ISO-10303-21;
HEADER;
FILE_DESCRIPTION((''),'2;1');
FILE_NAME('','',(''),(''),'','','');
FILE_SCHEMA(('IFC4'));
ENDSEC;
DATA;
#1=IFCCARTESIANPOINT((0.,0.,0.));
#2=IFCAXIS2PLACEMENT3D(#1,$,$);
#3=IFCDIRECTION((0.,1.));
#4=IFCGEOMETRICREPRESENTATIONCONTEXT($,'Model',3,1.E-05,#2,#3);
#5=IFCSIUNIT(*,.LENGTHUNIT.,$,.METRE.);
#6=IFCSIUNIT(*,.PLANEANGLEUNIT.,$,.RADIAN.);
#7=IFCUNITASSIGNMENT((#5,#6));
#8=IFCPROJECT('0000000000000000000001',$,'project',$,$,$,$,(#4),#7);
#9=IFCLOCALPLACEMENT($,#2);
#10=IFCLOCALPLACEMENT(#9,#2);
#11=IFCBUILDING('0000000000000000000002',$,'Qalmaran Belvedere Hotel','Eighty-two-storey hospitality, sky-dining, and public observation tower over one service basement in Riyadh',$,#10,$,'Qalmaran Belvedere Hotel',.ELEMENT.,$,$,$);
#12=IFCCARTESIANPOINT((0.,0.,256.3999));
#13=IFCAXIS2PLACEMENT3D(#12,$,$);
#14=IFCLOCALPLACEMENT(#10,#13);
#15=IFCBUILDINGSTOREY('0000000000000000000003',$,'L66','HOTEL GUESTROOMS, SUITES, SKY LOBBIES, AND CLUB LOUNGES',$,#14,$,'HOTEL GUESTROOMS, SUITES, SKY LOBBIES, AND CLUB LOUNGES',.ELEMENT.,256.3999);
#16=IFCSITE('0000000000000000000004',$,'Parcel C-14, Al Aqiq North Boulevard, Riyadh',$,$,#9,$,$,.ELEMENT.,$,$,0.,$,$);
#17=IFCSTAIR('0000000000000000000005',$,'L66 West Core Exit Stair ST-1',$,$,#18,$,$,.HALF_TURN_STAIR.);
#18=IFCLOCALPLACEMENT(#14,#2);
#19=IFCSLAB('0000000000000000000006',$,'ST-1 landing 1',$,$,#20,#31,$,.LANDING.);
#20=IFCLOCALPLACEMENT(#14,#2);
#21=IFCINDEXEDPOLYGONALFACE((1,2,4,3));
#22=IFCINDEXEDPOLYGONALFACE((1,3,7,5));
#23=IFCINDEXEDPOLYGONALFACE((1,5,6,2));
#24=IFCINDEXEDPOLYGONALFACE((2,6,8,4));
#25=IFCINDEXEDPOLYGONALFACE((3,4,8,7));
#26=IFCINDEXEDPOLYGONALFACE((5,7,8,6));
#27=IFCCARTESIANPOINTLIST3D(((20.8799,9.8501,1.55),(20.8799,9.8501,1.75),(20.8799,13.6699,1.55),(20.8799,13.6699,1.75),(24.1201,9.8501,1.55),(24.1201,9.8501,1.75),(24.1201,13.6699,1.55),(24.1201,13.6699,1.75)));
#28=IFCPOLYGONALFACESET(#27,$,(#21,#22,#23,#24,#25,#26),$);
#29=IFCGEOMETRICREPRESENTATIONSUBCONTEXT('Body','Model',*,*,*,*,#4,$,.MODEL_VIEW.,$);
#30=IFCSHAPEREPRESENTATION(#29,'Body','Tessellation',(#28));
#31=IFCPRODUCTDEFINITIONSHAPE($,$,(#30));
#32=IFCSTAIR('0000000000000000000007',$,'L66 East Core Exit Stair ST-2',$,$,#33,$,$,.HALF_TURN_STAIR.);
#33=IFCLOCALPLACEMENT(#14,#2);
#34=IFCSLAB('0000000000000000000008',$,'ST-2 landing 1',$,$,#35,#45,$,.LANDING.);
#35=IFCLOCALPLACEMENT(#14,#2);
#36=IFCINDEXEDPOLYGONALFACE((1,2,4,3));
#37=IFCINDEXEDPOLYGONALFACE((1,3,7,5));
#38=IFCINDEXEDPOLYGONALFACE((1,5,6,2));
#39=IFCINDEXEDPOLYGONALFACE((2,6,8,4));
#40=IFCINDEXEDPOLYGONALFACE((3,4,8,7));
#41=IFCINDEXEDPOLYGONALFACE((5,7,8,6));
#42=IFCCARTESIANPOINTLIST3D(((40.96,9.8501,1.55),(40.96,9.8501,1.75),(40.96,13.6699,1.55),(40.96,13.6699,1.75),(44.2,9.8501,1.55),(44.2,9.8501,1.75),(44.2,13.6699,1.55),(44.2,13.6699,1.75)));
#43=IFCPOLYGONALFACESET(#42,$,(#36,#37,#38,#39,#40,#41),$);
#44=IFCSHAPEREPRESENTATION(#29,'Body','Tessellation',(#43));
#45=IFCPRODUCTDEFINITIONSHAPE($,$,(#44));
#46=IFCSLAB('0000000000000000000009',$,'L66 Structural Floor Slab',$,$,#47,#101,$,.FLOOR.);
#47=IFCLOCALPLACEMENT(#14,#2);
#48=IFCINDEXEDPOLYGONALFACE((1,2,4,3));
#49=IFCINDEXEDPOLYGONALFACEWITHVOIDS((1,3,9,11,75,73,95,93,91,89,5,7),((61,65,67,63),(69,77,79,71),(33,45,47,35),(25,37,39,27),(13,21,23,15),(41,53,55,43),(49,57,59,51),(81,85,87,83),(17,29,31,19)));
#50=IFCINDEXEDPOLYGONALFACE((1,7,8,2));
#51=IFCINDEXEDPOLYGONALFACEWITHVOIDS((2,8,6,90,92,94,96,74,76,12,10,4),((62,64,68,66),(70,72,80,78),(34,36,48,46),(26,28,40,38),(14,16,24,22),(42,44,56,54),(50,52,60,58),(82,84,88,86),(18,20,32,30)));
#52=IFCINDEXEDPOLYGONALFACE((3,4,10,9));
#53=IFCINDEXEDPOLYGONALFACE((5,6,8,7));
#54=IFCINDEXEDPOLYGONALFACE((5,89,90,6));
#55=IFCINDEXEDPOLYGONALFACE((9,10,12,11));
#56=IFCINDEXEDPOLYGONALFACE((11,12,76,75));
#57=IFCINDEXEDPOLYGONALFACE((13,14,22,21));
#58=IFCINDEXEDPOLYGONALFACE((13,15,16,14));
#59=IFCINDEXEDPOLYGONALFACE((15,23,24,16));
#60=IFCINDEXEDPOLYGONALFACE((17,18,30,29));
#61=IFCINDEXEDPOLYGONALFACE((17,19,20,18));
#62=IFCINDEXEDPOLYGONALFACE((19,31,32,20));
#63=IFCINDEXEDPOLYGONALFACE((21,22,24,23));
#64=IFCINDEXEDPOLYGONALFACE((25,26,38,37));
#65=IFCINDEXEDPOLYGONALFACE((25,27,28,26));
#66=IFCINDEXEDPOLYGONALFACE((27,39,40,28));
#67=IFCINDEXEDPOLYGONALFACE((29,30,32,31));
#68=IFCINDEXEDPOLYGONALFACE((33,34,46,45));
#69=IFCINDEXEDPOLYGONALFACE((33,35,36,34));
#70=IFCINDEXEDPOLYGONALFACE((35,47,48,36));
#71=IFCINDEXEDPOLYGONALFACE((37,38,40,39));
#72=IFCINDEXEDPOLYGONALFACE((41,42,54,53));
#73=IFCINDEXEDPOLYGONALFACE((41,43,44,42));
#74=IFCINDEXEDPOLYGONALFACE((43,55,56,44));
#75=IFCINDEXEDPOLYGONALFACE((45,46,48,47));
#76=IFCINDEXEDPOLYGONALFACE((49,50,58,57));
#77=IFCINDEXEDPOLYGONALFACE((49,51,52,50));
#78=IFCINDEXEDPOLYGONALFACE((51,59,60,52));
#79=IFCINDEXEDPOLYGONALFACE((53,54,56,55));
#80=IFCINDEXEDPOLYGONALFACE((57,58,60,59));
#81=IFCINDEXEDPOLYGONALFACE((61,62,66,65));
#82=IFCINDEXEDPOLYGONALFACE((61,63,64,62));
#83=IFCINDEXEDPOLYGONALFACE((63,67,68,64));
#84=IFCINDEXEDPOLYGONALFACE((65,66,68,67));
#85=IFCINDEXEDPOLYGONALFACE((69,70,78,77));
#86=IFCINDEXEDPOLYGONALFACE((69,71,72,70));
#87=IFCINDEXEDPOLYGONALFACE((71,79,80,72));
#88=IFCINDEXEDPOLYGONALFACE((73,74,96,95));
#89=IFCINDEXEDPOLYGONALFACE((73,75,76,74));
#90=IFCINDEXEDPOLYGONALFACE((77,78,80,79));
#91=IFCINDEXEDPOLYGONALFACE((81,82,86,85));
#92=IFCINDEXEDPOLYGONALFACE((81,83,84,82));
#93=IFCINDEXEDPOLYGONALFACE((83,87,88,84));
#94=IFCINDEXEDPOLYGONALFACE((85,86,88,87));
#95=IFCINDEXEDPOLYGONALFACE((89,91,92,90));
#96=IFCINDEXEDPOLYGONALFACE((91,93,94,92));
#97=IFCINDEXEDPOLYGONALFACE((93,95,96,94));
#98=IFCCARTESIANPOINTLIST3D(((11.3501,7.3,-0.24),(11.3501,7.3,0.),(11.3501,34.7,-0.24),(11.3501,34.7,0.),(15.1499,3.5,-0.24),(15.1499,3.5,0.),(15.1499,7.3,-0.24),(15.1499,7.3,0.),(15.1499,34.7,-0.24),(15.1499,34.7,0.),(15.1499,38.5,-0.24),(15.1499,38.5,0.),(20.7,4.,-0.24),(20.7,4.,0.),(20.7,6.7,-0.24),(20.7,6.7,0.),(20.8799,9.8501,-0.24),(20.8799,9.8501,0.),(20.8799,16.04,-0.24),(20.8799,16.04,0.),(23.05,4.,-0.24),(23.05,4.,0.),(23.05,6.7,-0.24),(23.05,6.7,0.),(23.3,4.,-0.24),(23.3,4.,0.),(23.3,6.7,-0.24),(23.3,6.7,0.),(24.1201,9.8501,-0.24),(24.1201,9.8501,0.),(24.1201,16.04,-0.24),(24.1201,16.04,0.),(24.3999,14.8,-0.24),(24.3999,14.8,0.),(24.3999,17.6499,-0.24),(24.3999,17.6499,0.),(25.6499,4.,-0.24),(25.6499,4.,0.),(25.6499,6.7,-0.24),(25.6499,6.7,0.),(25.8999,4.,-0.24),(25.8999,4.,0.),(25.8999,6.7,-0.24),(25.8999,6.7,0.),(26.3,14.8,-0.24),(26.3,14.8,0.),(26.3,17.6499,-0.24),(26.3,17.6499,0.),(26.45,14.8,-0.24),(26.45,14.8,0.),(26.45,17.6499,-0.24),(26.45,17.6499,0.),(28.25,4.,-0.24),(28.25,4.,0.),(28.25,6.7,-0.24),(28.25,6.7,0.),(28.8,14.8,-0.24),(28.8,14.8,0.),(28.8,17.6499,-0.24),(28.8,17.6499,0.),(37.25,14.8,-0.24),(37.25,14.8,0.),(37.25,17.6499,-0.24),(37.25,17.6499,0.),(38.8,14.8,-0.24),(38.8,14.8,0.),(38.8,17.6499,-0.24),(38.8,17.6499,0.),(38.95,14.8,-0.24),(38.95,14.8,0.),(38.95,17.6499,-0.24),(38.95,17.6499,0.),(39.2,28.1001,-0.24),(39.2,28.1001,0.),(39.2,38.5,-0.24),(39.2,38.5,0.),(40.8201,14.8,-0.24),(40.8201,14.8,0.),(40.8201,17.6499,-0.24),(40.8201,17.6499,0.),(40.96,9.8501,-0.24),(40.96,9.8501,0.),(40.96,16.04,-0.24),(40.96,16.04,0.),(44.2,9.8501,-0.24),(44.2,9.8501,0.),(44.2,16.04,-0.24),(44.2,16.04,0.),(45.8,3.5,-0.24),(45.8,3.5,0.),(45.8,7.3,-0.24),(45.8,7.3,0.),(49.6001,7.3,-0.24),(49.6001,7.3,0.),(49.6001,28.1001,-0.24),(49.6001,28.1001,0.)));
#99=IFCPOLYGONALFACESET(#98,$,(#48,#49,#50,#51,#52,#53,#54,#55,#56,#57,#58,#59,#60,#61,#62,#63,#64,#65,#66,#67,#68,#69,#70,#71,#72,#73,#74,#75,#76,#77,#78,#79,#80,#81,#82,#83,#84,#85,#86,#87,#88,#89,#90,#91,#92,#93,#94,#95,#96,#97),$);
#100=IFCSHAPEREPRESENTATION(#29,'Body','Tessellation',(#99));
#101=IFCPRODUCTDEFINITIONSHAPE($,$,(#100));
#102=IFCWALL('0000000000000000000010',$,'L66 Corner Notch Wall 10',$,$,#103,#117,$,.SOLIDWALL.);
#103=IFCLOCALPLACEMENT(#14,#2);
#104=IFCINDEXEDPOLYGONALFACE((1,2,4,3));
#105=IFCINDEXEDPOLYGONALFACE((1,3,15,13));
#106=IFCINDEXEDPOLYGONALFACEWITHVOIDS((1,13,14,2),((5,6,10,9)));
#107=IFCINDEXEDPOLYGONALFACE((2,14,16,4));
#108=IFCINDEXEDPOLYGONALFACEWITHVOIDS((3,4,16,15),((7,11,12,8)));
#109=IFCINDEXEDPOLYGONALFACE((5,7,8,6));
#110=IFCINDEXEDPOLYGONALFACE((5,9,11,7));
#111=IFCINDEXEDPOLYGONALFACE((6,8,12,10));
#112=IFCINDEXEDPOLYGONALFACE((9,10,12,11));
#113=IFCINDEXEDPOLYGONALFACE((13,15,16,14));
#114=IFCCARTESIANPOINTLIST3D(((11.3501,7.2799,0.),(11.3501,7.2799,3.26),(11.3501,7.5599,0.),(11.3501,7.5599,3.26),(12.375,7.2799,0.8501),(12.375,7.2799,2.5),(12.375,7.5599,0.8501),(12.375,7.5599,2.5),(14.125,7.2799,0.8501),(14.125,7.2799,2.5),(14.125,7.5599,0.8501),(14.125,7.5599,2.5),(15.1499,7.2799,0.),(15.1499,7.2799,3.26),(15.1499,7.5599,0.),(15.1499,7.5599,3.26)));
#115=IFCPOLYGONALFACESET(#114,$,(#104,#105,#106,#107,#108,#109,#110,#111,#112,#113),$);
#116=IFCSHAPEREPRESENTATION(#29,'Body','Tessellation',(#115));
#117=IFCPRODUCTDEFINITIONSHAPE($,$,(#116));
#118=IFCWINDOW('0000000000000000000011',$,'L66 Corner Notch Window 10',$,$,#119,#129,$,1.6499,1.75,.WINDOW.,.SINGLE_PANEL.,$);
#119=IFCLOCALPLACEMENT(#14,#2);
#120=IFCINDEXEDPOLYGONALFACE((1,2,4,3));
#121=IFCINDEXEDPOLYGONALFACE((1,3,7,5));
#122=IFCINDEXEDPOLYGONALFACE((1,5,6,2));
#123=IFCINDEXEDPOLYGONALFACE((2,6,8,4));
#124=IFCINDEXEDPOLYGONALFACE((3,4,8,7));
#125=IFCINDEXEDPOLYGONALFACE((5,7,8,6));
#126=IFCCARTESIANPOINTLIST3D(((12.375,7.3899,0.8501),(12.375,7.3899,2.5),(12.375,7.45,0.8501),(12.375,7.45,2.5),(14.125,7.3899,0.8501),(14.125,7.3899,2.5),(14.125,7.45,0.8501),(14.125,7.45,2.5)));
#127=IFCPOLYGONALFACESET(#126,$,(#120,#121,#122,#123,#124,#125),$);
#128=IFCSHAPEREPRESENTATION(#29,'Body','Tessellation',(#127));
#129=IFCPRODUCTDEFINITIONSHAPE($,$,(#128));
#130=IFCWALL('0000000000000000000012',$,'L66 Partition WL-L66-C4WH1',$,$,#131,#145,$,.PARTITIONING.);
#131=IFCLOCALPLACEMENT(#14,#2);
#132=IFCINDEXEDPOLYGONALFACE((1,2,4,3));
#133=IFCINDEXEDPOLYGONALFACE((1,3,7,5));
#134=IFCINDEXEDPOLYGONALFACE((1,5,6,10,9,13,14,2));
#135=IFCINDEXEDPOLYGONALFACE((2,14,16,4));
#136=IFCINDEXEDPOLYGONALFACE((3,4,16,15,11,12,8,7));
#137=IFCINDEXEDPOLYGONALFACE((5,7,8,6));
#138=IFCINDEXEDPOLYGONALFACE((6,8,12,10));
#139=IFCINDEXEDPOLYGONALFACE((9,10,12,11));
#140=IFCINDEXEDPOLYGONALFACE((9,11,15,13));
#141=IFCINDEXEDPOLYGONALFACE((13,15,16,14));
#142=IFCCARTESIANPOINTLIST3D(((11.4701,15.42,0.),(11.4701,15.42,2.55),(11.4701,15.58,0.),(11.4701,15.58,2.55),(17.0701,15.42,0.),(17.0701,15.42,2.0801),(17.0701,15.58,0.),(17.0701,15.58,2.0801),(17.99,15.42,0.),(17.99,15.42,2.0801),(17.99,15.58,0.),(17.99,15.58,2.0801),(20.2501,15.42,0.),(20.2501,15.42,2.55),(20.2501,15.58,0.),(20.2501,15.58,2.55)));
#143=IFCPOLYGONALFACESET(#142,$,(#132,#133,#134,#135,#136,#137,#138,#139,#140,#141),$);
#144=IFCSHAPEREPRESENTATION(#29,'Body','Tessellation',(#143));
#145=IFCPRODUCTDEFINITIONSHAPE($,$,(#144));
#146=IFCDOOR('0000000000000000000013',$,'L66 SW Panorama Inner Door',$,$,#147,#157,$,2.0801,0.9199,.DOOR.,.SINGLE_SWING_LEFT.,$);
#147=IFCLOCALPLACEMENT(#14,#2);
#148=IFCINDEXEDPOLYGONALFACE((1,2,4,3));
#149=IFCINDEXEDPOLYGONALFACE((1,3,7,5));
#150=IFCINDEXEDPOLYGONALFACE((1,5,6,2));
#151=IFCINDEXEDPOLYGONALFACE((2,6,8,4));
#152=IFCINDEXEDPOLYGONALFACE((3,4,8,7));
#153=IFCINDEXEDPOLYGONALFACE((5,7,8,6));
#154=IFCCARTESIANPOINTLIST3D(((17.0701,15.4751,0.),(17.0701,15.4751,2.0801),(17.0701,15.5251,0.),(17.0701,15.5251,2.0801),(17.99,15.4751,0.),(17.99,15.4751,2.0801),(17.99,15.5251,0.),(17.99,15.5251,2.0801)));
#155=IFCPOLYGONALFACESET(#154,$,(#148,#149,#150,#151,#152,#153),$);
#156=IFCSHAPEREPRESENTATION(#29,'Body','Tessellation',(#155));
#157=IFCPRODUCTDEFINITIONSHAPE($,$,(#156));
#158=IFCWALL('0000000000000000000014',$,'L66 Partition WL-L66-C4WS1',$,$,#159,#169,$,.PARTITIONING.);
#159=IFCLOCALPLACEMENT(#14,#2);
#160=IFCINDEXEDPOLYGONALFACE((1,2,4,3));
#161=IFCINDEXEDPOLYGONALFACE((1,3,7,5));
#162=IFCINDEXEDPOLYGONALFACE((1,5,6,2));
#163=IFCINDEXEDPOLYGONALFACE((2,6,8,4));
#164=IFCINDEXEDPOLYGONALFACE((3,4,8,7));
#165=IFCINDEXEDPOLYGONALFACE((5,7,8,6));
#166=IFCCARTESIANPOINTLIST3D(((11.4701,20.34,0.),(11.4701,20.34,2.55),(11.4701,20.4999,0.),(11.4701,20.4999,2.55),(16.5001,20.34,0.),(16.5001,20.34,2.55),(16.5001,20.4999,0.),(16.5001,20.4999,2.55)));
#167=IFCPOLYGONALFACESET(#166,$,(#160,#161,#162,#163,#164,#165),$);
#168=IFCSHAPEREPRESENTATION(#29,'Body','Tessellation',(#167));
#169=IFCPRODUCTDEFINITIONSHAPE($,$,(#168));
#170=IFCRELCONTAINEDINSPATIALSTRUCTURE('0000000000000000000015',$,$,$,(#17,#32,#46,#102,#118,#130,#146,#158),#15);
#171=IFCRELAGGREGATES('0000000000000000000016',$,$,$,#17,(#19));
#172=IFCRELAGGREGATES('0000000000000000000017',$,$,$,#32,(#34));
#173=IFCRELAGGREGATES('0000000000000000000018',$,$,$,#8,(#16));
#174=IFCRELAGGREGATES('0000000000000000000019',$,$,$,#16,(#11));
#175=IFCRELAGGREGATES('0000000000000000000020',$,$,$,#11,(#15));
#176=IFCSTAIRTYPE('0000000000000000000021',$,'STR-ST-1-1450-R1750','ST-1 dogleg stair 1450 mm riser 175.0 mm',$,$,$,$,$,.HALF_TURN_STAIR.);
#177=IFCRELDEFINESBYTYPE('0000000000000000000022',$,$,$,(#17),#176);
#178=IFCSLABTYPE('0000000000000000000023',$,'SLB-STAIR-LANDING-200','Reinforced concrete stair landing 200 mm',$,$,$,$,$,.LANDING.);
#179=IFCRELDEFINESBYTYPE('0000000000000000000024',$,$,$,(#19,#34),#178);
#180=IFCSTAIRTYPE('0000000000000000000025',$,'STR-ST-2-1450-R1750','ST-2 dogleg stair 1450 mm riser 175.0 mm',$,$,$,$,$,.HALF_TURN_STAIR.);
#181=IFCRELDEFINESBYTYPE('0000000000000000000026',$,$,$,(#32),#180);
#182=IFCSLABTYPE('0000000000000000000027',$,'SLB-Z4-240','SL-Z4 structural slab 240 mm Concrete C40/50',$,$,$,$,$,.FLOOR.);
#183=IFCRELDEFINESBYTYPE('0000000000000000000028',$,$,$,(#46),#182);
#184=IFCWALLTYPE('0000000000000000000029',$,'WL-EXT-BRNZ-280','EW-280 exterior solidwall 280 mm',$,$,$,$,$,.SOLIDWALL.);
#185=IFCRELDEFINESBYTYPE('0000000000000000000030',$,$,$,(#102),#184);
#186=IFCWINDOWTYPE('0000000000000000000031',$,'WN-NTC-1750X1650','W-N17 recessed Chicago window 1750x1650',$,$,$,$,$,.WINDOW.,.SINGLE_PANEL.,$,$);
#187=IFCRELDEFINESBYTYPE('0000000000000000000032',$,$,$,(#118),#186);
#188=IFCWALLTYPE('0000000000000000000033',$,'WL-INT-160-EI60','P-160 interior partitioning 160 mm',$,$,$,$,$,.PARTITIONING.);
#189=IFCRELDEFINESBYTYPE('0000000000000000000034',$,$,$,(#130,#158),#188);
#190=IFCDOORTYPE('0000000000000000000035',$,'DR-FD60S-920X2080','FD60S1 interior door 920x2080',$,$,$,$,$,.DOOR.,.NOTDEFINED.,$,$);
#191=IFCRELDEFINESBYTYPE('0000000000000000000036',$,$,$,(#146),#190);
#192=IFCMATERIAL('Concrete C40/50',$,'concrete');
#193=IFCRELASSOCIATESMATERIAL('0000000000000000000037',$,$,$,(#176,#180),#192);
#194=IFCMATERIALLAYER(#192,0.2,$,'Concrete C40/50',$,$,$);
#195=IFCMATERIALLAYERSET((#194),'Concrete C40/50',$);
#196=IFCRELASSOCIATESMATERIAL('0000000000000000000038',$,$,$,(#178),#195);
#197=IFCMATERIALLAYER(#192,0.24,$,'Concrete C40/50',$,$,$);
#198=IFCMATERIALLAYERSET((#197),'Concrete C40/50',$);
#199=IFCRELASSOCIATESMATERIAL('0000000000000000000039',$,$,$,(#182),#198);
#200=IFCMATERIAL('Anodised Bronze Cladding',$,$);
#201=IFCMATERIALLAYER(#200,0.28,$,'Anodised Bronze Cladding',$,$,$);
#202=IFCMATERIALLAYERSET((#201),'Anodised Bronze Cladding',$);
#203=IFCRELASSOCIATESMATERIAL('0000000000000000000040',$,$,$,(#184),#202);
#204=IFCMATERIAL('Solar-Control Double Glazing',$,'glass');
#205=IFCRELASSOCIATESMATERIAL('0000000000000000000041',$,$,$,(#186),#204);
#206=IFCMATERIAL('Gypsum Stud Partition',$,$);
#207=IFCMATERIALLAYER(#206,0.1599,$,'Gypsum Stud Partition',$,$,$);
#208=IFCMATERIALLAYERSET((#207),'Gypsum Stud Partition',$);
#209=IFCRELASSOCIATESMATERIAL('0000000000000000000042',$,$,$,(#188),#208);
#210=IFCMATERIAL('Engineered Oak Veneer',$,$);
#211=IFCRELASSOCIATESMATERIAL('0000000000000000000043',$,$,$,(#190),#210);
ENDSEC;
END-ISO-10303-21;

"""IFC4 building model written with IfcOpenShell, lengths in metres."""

from ifc_helpers import new_model, si_unit, direction, frame, frame_2d, origin, place, context, subcontext, project, spatial, polyline, rectangle, outline, extrude, material, layer, layer_set, type_object, element, fill, aggregate, save


model = new_model("IFC4")

# Units and contexts
model_context = context("Model", 3, precision=1e-05, world=origin(), true_north=direction((0.0, 1.0)))
body_context = subcontext(model_context, "Body", "Model", "MODEL_VIEW")
ifc_project = project(units=[si_unit("LENGTHUNIT", "METRE"), si_unit("PLANEANGLEUNIT", "RADIAN")], contexts=[model_context])

# Site, building, storey
site_placement = place(None, origin())
site = spatial("IfcSite", under=ifc_project, at=site_placement, Name="Parcel C-14, Al Aqiq North Boulevard, Riyadh", CompositionType="ELEMENT", RefElevation=0.0)
building_placement = place(site_placement, origin())
building = spatial("IfcBuilding", under=site, at=building_placement, Name="Qalmaran Belvedere Hotel", Description="Eighty-two-storey hospitality, sky-dining, and public observation tower over one service basement in Riyadh", LongName="Qalmaran Belvedere Hotel", CompositionType="ELEMENT")
storey_placement = place(building_placement, frame((0.0, 0.0, 256.3999)))
storey = spatial("IfcBuildingStorey", under=building, at=storey_placement, Name="L66", Description="HOTEL GUESTROOMS, SUITES, SKY LOBBIES, AND CLUB LOUNGES", LongName="HOTEL GUESTROOMS, SUITES, SKY LOBBIES, AND CLUB LOUNGES", CompositionType="ELEMENT", Elevation=256.3999)

# Shared definitions
ifc_material_1 = material(Name="Solar-Control Double Glazing", Category="glass")

# Shared definitions
ifc_material_2 = material(Name="Concrete C40/50", Category="concrete")

# Stairs, slabs
stair_type_1 = type_object("IfcStairType", Name="STR-ST-1-1450-R1750", Description="ST-1 dogleg stair 1450 mm riser 175.0 mm", PredefinedType="HALF_TURN_STAIR", material=ifc_material_2)
stair_1_placement = place(storey_placement, origin())
stair_1 = element("IfcStair", 1, at=stair_1_placement, inside=storey, type_object=stair_type_1, Name="L66 West Core Exit Stair ST-1", PredefinedType="HALF_TURN_STAIR")
ifc_layer_1 = layer(ifc_material_2, 0.2, Name="Concrete C40/50")
ifc_layer_set_1 = layer_set([ifc_layer_1], Name="Concrete C40/50")
slab_type_1 = type_object("IfcSlabType", Name="SLB-STAIR-LANDING-200", Description="Reinforced concrete stair landing 200 mm", PredefinedType="LANDING", material=ifc_layer_set_1)
slab_1_placement = place(storey_placement, frame((0.0, 0.0, 1.55)))
slab_1 = element("IfcSlab", 2, at=slab_1_placement, type_object=slab_type_1, Name="ST-1 landing 1", PredefinedType="LANDING", context=body_context, shape_type="SweptSolid", body=[
    extrude(outline(polyline([(20.8799, 13.6699), (20.8799, 9.8501), (24.1201, 9.8501), (24.1201, 13.6699), (20.8799, 13.6699)])), origin(), (0.0, 0.0, 1.0), 0.2),
])
aggregate(stair_1, [slab_1])
stair_type_2 = type_object("IfcStairType", Name="STR-ST-2-1450-R1750", Description="ST-2 dogleg stair 1450 mm riser 175.0 mm", PredefinedType="HALF_TURN_STAIR", material=ifc_material_2)
stair_2_placement = place(storey_placement, origin())
stair_2 = element("IfcStair", 3, at=stair_2_placement, inside=storey, type_object=stair_type_2, Name="L66 East Core Exit Stair ST-2", PredefinedType="HALF_TURN_STAIR")
slab_2_placement = place(storey_placement, frame((0.0, 0.0, 1.55)))
slab_2 = element("IfcSlab", 4, at=slab_2_placement, type_object=slab_type_1, Name="ST-2 landing 1", PredefinedType="LANDING", context=body_context, shape_type="SweptSolid", body=[
    extrude(outline(polyline([(40.96, 13.6699), (40.96, 9.8501), (44.2, 9.8501), (44.2, 13.6699), (40.96, 13.6699)])), origin(), (0.0, 0.0, 1.0), 0.2),
])
aggregate(stair_2, [slab_2])

# Slab
ifc_layer_2 = layer(ifc_material_2, 0.24, Name="Concrete C40/50")
ifc_layer_set_2 = layer_set([ifc_layer_2], Name="Concrete C40/50")
slab_type_2 = type_object("IfcSlabType", Name="SLB-Z4-240", Description="SL-Z4 structural slab 240 mm Concrete C40/50", PredefinedType="FLOOR", material=ifc_layer_set_2)
slab_3_placement = place(storey_placement, frame((0.0, 0.0, -0.24)))
element("IfcSlab", 5, at=slab_3_placement, inside=storey, type_object=slab_type_2, Name="L66 Structural Floor Slab", PredefinedType="FLOOR", context=body_context, shape_type="SweptSolid", body=[
    extrude(outline(polyline([(15.1499, 3.5), (45.8, 3.5), (45.8, 7.3), (49.6001, 7.3), (49.6001, 28.1001), (39.2, 28.1001), (39.2, 38.5), (15.1499, 38.5), (15.1499, 34.7), (11.3501, 34.7), (11.3501, 7.3), (15.1499, 7.3), (15.1499, 3.5)]), holes=[polyline([(20.8799, 9.8501), (24.1201, 9.8501), (24.1201, 16.04), (20.8799, 16.04), (20.8799, 9.8501)]), polyline([(40.96, 9.8501), (44.2, 9.8501), (44.2, 16.04), (40.96, 16.04), (40.96, 9.8501)]), polyline([(20.7, 4.0), (23.05, 4.0), (23.05, 6.7), (20.7, 6.7), (20.7, 4.0)]), polyline([(23.3, 4.0), (25.6499, 4.0), (25.6499, 6.7), (23.3, 6.7), (23.3, 4.0)]), polyline([(25.8999, 4.0), (28.25, 4.0), (28.25, 6.7), (25.8999, 6.7), (25.8999, 4.0)]), polyline([(24.3999, 14.8), (26.3, 14.8), (26.3, 17.6499), (24.3999, 17.6499), (24.3999, 14.8)]), polyline([(38.95, 14.8), (40.8201, 14.8), (40.8201, 17.6499), (38.95, 17.6499), (38.95, 14.8)]), polyline([(26.45, 14.8), (28.8, 14.8), (28.8, 17.6499), (26.45, 17.6499), (26.45, 14.8)]), polyline([(37.25, 14.8), (38.8, 14.8), (38.8, 17.6499), (37.25, 17.6499), (37.25, 14.8)])]), origin(), (0.0, 0.0, 1.0), 0.24),
])

# Wall, opening, window
ifc_material_3 = material(Name="Anodised Bronze Cladding")
ifc_layer_3 = layer(ifc_material_3, 0.28, Name="Anodised Bronze Cladding")
ifc_layer_set_3 = layer_set([ifc_layer_3], Name="Anodised Bronze Cladding")
wall_type_1 = type_object("IfcWallType", Name="WL-EXT-BRNZ-280", Description="EW-280 exterior solidwall 280 mm", PredefinedType="SOLIDWALL", material=ifc_layer_set_3)
wall_1_placement = place(storey_placement, frame((11.3501, 7.4199, 0.0), z_axis=(0.0, 0.0, 1.0), x_axis=(1.0, 0.0, 0.0)))
wall_1 = element("IfcWall", 6, at=wall_1_placement, inside=storey, type_object=wall_type_1, Name="L66 Corner Notch Wall 10", PredefinedType="SOLIDWALL", context=body_context, shape_type="SweptSolid", body=[
    extrude(rectangle(XDim=3.7998, YDim=0.28, at=frame_2d((1.8999, 0.0))), origin(), (0.0, 0.0, 1.0), 3.26),
])
opening_1_placement = place(wall_1_placement, frame((1.0249, 0.0, 0.8501)))
opening_1 = element("IfcOpeningElement", 7, at=opening_1_placement, cuts=wall_1, PredefinedType="OPENING", context=body_context, shape_type="SweptSolid", body=[
    extrude(rectangle(XDim=1.75, YDim=1.6499, at=frame_2d((0.875, 0.825))), frame((0.0, 0.1499, 0.0), z_axis=(0.0, -1.0, 0.0), x_axis=(1.0, 0.0, 0.0)), (0.0, 0.0, 1.0), 0.3),
])
window_type = type_object("IfcWindowType", Name="WN-NTC-1750X1650", Description="W-N17 recessed Chicago window 1750x1650", PartitioningType="SINGLE_PANEL", PredefinedType="WINDOW", material=ifc_material_1)
window_placement = place(opening_1_placement, origin())
window = element("IfcWindow", 8, at=window_placement, inside=storey, type_object=window_type, Name="L66 Corner Notch Window 10", OverallHeight=1.6499, OverallWidth=1.75, PartitioningType="SINGLE_PANEL", PredefinedType="WINDOW", context=body_context, shape_type="SweptSolid", body=[
    extrude(rectangle(XDim=1.75, YDim=1.6499, at=frame_2d((0.875, 0.825))), frame((0.0, 0.03, 0.0), z_axis=(0.0, -1.0, 0.0), x_axis=(1.0, 0.0, 0.0)), (0.0, 0.0, 1.0), 0.0601),
])
fill(opening_1, window)

# Wall, opening, door
ifc_material_4 = material(Name="Gypsum Stud Partition")
ifc_layer_4 = layer(ifc_material_4, 0.1599, Name="Gypsum Stud Partition")
ifc_layer_set_4 = layer_set([ifc_layer_4], Name="Gypsum Stud Partition")
wall_type_2 = type_object("IfcWallType", Name="WL-INT-160-EI60", Description="P-160 interior partitioning 160 mm", PredefinedType="PARTITIONING", material=ifc_layer_set_4)
wall_2_placement = place(storey_placement, frame((11.47, 15.5, 0.0), z_axis=(0.0, 0.0, 1.0), x_axis=(1.0, 0.0, 0.0)))
wall_2 = element("IfcWall", 9, at=wall_2_placement, inside=storey, type_object=wall_type_2, Name="L66 Partition WL-L66-C4WH1", PredefinedType="PARTITIONING", context=body_context, shape_type="SweptSolid", body=[
    extrude(rectangle(XDim=8.78, YDim=0.1599, at=frame_2d((4.3901, 0.0))), origin(), (0.0, 0.0, 1.0), 2.55),
])
opening_2_placement = place(wall_2_placement, frame((6.52, 0.0, 0.0), z_axis=(0.0, 0.0, 1.0), x_axis=(-1.0, 0.0, 0.0)))
opening_2 = element("IfcOpeningElement", 10, at=opening_2_placement, cuts=wall_2, PredefinedType="OPENING", context=body_context, shape_type="SweptSolid", body=[
    extrude(rectangle(XDim=0.9199, YDim=2.0801, at=frame_2d((0.46, 1.04))), frame((0.0, 0.0898, 0.0), z_axis=(0.0, -1.0, 0.0), x_axis=(1.0, 0.0, 0.0)), (0.0, 0.0, 1.0), 0.1799),
])
ifc_material_5 = material(Name="Engineered Oak Veneer")
door_type = type_object("IfcDoorType", Name="DR-FD60S-920X2080", Description="FD60S1 interior door 920x2080", OperationType="NOTDEFINED", PredefinedType="DOOR", material=ifc_material_5)
door_placement = place(opening_2_placement, origin())
door = element("IfcDoor", 11, at=door_placement, inside=storey, type_object=door_type, Name="L66 SW Panorama Inner Door", OperationType="SINGLE_SWING_LEFT", OverallHeight=2.0801, OverallWidth=0.9199, PredefinedType="DOOR", context=body_context, shape_type="SweptSolid", body=[
    extrude(rectangle(XDim=0.9199, YDim=2.0801, at=frame_2d((0.46, 1.04))), frame((0.0, 0.0249, 0.0), z_axis=(0.0, -1.0, 0.0), x_axis=(1.0, 0.0, 0.0)), (0.0, 0.0, 1.0), 0.05),
])
fill(opening_2, door)

# Wall
wall_3_placement = place(storey_placement, frame((11.47, 20.4199, 0.0), z_axis=(0.0, 0.0, 1.0), x_axis=(1.0, 0.0, 0.0)))
element("IfcWall", 12, at=wall_3_placement, inside=storey, type_object=wall_type_2, Name="L66 Partition WL-L66-C4WS1", PredefinedType="PARTITIONING", context=body_context, shape_type="SweptSolid", body=[
    extrude(rectangle(XDim=5.03, YDim=0.1599, at=frame_2d((2.5151, 0.0))), origin(), (0.0, 0.0, 1.0), 2.55),
])

save(model, "model.ifc")
